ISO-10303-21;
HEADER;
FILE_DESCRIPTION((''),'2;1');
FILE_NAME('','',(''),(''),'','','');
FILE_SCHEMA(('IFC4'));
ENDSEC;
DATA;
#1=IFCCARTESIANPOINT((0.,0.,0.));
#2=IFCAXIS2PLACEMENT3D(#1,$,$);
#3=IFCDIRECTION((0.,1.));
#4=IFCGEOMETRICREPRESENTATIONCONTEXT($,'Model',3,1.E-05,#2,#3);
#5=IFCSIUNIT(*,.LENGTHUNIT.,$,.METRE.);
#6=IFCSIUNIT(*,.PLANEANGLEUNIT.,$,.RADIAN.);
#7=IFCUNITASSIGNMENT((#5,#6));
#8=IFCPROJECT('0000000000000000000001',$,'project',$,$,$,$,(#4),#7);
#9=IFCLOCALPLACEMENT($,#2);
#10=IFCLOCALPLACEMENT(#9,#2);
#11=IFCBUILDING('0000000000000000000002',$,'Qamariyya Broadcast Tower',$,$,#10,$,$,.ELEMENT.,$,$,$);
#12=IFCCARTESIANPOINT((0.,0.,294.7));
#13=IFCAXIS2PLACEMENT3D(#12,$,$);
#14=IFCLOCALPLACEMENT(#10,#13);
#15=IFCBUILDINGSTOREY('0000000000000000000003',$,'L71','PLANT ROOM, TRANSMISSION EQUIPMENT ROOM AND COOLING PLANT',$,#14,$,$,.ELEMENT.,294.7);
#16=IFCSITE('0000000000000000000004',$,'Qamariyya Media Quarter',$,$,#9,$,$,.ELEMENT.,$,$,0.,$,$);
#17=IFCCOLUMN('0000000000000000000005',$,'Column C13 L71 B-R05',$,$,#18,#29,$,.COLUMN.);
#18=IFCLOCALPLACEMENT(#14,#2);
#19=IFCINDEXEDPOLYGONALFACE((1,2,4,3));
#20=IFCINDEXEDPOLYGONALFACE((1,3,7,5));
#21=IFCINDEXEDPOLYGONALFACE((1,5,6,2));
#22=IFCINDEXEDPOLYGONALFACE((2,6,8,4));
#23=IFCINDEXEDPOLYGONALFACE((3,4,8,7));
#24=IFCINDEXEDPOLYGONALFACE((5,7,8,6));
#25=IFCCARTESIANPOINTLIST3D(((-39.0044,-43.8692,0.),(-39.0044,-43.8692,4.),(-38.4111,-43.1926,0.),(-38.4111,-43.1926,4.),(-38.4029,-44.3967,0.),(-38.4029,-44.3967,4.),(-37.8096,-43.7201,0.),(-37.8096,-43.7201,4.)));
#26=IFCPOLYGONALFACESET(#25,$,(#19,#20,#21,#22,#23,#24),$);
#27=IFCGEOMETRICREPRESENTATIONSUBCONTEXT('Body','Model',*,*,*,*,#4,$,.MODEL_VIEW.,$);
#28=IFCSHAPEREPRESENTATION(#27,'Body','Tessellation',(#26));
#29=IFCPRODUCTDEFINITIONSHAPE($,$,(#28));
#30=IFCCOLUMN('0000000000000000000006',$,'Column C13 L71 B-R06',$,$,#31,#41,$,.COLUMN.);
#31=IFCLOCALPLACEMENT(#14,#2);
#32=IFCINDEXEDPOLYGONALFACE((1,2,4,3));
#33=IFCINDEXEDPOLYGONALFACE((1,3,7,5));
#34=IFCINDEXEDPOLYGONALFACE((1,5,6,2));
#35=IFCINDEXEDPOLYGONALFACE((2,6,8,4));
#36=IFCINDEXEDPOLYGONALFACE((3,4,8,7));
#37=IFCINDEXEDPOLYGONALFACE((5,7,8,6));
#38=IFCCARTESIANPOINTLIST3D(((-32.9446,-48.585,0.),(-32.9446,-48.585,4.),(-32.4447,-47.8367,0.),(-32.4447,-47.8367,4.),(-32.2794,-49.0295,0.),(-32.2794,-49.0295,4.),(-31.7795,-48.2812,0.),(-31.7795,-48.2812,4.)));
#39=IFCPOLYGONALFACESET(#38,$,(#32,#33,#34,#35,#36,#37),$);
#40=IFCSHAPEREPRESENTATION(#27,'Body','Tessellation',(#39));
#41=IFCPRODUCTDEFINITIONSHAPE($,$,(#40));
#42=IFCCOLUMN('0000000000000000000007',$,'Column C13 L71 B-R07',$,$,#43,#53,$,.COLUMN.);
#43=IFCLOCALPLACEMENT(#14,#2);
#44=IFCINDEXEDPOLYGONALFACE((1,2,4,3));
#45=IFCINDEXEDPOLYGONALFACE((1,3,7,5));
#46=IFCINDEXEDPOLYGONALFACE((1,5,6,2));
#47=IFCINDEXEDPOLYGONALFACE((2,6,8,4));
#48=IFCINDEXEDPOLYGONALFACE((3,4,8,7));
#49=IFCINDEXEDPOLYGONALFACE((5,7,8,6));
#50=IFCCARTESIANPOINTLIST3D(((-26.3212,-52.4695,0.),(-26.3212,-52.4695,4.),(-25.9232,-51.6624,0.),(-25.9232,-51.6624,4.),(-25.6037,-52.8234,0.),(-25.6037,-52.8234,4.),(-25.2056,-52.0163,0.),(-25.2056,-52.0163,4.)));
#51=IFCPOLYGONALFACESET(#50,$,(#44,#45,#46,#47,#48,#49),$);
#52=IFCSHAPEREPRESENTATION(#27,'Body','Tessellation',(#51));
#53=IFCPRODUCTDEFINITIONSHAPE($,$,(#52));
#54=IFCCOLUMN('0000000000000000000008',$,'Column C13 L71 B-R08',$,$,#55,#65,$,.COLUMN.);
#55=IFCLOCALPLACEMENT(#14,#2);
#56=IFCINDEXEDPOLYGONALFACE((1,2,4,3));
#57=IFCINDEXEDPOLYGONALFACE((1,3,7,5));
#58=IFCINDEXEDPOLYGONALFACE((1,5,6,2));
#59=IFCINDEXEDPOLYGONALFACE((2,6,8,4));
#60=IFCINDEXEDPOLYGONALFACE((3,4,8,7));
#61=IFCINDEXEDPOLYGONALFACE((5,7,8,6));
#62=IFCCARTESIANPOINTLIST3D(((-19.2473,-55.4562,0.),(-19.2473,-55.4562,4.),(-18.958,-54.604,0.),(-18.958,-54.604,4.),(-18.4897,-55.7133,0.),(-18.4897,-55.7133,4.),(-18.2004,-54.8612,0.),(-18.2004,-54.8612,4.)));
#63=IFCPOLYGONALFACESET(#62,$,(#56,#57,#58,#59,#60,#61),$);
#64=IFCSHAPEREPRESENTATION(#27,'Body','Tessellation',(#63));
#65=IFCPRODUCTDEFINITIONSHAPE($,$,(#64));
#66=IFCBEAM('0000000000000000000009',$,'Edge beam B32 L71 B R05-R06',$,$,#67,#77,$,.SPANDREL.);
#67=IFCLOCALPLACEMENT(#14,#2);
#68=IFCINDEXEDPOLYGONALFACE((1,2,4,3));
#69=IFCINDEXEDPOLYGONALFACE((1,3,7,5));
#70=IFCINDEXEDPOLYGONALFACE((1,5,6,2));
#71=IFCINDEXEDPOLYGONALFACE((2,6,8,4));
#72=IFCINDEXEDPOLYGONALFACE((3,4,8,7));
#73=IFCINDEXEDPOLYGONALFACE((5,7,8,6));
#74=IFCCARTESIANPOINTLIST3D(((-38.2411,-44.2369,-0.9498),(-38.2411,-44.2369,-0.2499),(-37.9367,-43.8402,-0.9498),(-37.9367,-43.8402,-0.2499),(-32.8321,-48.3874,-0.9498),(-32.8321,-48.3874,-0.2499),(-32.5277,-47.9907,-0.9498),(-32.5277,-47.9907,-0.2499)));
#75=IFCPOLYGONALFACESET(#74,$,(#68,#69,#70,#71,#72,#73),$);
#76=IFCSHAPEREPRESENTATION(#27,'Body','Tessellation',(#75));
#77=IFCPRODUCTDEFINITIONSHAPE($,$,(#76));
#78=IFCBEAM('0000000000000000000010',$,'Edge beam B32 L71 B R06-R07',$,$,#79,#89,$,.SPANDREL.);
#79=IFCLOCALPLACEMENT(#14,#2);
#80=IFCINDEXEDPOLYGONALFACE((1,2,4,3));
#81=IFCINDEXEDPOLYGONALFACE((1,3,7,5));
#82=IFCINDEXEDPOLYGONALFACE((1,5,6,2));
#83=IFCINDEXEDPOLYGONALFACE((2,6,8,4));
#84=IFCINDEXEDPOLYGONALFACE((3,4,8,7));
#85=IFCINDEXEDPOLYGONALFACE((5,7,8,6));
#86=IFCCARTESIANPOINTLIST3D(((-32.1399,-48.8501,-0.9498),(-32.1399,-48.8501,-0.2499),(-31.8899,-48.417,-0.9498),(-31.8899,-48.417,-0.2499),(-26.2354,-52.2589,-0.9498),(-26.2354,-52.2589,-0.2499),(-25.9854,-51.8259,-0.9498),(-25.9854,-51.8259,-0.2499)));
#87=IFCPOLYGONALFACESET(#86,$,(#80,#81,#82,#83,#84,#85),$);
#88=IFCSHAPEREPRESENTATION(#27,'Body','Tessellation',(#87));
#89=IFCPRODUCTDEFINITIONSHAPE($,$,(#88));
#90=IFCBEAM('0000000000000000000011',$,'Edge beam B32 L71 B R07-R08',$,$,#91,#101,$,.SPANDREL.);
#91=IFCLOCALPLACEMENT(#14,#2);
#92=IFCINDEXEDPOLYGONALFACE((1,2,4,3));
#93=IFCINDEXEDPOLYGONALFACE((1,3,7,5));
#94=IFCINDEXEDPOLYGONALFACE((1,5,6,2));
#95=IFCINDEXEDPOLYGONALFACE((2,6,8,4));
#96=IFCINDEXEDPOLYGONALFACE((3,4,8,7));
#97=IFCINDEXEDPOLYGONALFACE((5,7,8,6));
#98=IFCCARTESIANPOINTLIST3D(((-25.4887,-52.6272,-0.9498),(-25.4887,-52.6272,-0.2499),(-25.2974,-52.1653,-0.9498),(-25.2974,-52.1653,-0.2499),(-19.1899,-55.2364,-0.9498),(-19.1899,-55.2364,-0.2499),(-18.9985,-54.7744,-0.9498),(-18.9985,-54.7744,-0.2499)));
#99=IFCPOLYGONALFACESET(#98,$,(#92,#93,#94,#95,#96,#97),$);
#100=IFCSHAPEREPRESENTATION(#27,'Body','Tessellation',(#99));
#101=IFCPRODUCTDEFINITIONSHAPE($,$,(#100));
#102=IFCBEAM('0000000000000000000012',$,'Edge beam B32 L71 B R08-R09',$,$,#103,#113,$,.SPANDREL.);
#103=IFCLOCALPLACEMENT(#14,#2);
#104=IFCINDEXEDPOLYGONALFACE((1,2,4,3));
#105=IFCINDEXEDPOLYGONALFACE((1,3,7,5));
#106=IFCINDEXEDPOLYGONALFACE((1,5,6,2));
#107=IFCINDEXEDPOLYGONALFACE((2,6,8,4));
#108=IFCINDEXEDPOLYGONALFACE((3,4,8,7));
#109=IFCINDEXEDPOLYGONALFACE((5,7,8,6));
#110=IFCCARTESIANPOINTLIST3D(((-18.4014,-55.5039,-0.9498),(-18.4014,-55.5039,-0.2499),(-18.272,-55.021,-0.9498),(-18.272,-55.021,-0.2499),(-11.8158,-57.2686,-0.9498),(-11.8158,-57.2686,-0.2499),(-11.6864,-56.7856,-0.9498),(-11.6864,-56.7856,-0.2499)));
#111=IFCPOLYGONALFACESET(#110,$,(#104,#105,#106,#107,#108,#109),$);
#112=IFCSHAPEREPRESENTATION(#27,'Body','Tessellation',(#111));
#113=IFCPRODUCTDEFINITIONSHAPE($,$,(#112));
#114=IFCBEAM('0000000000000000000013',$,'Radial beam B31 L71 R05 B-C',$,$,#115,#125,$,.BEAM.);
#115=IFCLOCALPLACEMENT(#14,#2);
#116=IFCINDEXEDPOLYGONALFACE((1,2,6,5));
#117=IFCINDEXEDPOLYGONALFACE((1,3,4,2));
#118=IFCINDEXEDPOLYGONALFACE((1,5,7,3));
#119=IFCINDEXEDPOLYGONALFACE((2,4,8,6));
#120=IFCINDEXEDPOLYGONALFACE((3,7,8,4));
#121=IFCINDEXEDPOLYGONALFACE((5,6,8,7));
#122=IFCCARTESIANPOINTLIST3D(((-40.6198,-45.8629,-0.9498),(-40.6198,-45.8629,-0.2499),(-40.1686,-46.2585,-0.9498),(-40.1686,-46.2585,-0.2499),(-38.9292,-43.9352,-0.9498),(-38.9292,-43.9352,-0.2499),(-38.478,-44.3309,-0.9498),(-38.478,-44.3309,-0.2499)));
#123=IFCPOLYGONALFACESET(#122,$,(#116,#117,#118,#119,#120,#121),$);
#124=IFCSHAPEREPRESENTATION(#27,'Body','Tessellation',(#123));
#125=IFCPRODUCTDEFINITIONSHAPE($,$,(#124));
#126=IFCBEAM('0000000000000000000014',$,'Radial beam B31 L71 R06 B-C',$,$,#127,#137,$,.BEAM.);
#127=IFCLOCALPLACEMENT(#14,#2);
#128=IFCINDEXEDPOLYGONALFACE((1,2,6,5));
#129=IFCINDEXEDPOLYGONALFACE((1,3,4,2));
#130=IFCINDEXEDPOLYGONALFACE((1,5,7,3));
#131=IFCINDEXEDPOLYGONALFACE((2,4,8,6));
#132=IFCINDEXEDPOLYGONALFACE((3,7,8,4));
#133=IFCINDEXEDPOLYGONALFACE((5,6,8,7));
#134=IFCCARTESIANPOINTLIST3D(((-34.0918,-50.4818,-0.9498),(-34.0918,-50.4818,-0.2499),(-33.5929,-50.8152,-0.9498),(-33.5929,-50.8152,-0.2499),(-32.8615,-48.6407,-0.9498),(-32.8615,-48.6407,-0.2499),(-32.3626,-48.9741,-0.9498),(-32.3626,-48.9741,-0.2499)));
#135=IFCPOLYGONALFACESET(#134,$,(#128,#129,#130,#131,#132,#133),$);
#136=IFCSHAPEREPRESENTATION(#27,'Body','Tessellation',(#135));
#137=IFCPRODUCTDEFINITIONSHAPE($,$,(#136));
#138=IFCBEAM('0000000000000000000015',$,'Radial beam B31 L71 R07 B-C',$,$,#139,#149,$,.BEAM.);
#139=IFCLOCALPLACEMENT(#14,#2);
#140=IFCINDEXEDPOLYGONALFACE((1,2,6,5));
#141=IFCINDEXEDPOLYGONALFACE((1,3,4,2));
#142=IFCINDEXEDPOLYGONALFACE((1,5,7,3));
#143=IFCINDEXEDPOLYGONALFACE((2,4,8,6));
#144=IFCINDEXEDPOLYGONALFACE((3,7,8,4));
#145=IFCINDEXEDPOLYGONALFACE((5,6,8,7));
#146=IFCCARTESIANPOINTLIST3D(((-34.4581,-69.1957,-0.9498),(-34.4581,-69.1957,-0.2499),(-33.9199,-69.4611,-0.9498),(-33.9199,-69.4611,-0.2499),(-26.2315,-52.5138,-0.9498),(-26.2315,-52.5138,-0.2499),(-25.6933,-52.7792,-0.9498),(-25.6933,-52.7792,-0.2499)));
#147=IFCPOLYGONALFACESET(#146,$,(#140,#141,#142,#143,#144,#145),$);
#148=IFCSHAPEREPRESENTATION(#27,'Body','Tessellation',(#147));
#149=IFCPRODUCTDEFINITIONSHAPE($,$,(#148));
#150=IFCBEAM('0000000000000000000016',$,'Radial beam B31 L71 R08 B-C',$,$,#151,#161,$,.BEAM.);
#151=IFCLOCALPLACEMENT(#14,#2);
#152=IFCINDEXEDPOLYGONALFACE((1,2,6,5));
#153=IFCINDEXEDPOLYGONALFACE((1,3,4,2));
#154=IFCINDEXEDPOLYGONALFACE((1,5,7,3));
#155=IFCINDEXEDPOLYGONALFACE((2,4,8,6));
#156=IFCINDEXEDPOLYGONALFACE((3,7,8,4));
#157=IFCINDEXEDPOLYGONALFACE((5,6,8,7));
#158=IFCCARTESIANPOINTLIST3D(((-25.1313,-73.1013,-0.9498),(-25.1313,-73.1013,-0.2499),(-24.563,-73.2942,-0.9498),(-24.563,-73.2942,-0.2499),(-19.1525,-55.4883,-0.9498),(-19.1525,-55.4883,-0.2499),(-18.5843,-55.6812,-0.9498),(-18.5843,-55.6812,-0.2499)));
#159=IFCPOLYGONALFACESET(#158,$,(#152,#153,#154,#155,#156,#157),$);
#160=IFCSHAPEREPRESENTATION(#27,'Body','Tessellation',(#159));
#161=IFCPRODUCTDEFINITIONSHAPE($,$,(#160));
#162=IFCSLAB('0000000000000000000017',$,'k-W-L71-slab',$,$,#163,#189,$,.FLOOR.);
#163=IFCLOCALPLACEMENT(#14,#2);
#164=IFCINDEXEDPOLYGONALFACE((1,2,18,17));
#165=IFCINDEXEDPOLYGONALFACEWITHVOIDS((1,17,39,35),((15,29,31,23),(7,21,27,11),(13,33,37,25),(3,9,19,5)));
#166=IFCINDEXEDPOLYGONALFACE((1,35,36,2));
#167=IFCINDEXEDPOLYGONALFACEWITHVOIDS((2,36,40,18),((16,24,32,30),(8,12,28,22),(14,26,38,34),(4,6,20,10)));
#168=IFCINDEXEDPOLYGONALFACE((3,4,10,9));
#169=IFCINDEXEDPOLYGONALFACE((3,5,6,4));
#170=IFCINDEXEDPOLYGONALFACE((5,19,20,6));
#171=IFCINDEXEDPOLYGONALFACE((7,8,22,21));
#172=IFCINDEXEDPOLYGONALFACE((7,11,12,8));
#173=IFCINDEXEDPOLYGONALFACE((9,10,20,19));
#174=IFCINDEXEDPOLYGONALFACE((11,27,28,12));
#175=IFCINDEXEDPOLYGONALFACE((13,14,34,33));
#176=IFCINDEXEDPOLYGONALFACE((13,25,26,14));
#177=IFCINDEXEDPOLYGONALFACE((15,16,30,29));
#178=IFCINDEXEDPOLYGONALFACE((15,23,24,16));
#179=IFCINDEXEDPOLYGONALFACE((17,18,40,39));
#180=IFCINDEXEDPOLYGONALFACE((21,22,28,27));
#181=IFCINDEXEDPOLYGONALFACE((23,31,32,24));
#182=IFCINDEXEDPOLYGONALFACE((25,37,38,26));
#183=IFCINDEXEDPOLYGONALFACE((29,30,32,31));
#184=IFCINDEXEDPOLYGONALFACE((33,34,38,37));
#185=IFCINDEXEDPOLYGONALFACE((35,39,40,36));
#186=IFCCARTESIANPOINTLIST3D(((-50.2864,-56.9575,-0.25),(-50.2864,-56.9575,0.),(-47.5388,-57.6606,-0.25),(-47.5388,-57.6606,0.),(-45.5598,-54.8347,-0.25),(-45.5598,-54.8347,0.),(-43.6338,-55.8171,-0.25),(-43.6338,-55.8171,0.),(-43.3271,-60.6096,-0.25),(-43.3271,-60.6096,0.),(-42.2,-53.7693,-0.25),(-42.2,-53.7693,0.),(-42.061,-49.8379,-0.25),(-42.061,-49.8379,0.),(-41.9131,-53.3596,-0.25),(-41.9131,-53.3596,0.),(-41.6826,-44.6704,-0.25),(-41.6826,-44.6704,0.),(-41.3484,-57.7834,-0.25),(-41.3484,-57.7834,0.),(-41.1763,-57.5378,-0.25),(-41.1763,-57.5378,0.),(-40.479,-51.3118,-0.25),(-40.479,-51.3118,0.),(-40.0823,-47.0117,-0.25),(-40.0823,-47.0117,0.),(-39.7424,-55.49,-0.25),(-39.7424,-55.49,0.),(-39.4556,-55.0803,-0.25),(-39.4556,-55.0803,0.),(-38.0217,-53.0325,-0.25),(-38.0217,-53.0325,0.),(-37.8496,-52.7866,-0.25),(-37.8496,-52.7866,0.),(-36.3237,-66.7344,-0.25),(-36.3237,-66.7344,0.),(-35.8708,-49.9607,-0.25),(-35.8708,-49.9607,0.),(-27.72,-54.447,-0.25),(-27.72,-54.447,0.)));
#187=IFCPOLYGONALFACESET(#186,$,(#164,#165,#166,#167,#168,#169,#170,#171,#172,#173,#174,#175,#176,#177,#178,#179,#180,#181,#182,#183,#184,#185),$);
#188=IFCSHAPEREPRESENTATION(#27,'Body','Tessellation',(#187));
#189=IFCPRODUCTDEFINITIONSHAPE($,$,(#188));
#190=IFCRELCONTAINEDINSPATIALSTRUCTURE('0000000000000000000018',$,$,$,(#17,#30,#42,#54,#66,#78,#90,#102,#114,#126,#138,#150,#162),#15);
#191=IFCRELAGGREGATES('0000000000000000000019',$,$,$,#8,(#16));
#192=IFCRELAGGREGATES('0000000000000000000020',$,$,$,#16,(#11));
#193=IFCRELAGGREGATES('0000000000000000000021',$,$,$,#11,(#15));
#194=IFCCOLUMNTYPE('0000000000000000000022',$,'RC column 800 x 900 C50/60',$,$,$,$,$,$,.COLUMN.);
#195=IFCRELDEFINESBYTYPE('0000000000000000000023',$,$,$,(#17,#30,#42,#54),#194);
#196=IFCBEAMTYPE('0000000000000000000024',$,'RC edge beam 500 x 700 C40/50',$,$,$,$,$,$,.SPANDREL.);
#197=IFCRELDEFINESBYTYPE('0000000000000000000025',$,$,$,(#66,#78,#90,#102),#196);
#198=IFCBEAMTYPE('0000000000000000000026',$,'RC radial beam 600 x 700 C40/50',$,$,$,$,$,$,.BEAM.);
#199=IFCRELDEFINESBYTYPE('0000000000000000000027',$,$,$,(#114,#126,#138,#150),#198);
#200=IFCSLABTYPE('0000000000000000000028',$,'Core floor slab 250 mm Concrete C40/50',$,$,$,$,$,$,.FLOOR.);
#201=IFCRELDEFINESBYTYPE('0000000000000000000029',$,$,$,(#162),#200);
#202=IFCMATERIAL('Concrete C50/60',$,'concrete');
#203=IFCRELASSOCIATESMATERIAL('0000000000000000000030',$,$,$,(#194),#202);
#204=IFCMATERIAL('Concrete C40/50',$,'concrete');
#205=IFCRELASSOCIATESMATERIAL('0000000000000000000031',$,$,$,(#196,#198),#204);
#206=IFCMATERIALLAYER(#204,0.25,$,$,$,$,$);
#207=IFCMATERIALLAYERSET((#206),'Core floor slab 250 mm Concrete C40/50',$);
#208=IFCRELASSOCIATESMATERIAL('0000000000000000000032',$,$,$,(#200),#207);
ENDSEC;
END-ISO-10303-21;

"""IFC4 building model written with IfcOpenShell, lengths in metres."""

from ifc_helpers import new_model, si_unit, direction, frame, origin, origin_2d, place, context, subcontext, project, spatial, polyline, rectangle, outline, extrude, material, layer, layer_set, material_profile, profile_set, type_object, element, save


model = new_model("IFC4")

# Units and contexts
model_context = context("Model", 3, precision=1e-05, world=origin(), true_north=direction((0.0, 1.0)))
body_context = subcontext(model_context, "Body", "Model", "MODEL_VIEW")
ifc_project = project(units=[si_unit("LENGTHUNIT", "METRE"), si_unit("PLANEANGLEUNIT", "RADIAN")], contexts=[model_context])

# Site, building, storey
site_placement = place(None, origin())
site = spatial("IfcSite", under=ifc_project, at=site_placement, Name="Qamariyya Media Quarter", CompositionType="ELEMENT", RefElevation=0.0)
building_placement = place(site_placement, origin())
building = spatial("IfcBuilding", under=site, at=building_placement, Name="Qamariyya Broadcast Tower", CompositionType="ELEMENT")
storey_placement = place(building_placement, frame((0.0, 0.0, 294.7)))
storey = spatial("IfcBuildingStorey", under=building, at=storey_placement, Name="L71", Description="PLANT ROOM, TRANSMISSION EQUIPMENT ROOM AND COOLING PLANT", CompositionType="ELEMENT", Elevation=294.7)

# Columns
ifc_material_1 = material(Name="Concrete C50/60", Category="concrete")
ifc_material_profile_1 = material_profile(ifc_material_1, rectangle(XDim=0.8, YDim=0.8999, at=origin_2d()))
ifc_profile_set_1 = profile_set([ifc_material_profile_1], Name="Concrete C50/60")
column_type = type_object("IfcColumnType", Name="RC column 800 x 900 C50/60", PredefinedType="COLUMN", material=ifc_profile_set_1)
for number, where, z_axis, x_axis, name in (
    (1, (-38.407, -43.7947, 0.0), (0.0, 0.0, 1.0), (0.75184, -0.659346, 0.0), "Column C13 L71 B-R05"),
    (2, (-32.3621, -48.4331, 0.0), (0.0, 0.0, 1.0), (0.83147, -0.55557, 0.0), "Column C13 L71 B-R06"),
    (3, (-25.7634, -52.2429, 0.0), (0.0, 0.0, 1.0), (0.896873, -0.442289, 0.0), "Column C13 L71 B-R07"),
    (4, (-18.7239, -55.1587, 0.0), (0.0, 0.0, 1.0), (0.94693, -0.321439, 0.0), "Column C13 L71 B-R08"),
):
    element("IfcColumn", number, at=place(storey_placement, frame(where, z_axis=z_axis, x_axis=x_axis)), inside=storey, type_object=column_type, Name=name, PredefinedType="COLUMN", context=body_context, shape_type="SweptSolid", body=[
        extrude(rectangle(XDim=0.8, YDim=0.8999, at=origin_2d()), origin(), (0.0, 0.0, 1.0), 4.0),
    ])

# Beams
ifc_material_2 = material(Name="Concrete C40/50", Category="concrete")
ifc_material_profile_2 = material_profile(ifc_material_2, rectangle(XDim=0.5, YDim=0.7, at=origin_2d()))
ifc_profile_set_2 = profile_set([ifc_material_profile_2], Name="Concrete C40/50")
beam_type_1 = type_object("IfcBeamType", Name="RC edge beam 500 x 700 C40/50", PredefinedType="SPANDREL", material=ifc_profile_set_2)
for number, where, z_axis, x_axis, name in (
    (5, (-38.0889, -44.0386, -0.5999), (0.793356, -0.608759, 0.0), (0.608759, 0.793356, 0.0), "Edge beam B32 L71 B R05-R06"),
    (6, (-32.0149, -48.6335, -0.5999), (0.866029, -0.499994, 0.0), (0.499994, 0.866029, 0.0), "Edge beam B32 L71 B R06-R07"),
    (7, (-25.3931, -52.3962, -0.5999), (0.923876, -0.382692, 0.0), (0.382692, 0.923876, 0.0), "Edge beam B32 L71 B R07-R08"),
    (8, (-18.3367, -55.2625, -0.5999), (0.965923, -0.25883, 0.0), (0.25883, 0.965923, 0.0), "Edge beam B32 L71 B R08-R09"),
):
    element("IfcBeam", number, at=place(storey_placement, frame(where, z_axis=z_axis, x_axis=x_axis)), inside=storey, type_object=beam_type_1, Name=name, PredefinedType="SPANDREL", context=body_context, shape_type="SweptSolid", body=[
        extrude(rectangle(XDim=0.5, YDim=0.7, at=origin_2d()), origin(), (0.0, 0.0, 1.0), 6.8179),
    ])
ifc_material_profile_3 = material_profile(ifc_material_2, rectangle(XDim=0.6001, YDim=0.7, at=origin_2d()))
ifc_profile_set_3 = profile_set([ifc_material_profile_3], Name="Concrete C40/50")
beam_type_2 = type_object("IfcBeamType", Name="RC radial beam 600 x 700 C40/50", PredefinedType="BEAM", material=ifc_profile_set_3)
beam_1_placement = place(storey_placement, frame((-38.7036, -44.1331, -0.5999), z_axis=(-0.659367, -0.751821, 0.0), x_axis=(0.751821, -0.659367, 0.0)))
element("IfcBeam", 9, at=beam_1_placement, inside=storey, type_object=beam_type_2, Name="Radial beam B31 L71 R05 B-C", PredefinedType="BEAM", context=body_context, shape_type="SweptSolid", body=[
    extrude(rectangle(XDim=0.6001, YDim=0.7, at=origin_2d()), origin(), (0.0, 0.0, 1.0), 2.564),
])
beam_2_placement = place(storey_placement, frame((-32.6121, -48.8074, -0.5999), z_axis=(-0.55559, -0.831456, 0.0), x_axis=(0.831456, -0.55559, 0.0)))
element("IfcBeam", 10, at=beam_2_placement, inside=storey, type_object=beam_type_2, Name="Radial beam B31 L71 R06 B-C", PredefinedType="BEAM", context=body_context, shape_type="SweptSolid", body=[
    extrude(rectangle(XDim=0.6001, YDim=0.7, at=origin_2d()), origin(), (0.0, 0.0, 1.0), 2.2144),
])
for number, where, z_axis, x_axis, name in (
    (11, (-25.9624, -52.6465, -0.5999), (-0.442287, -0.896873, 0.0), (0.896873, -0.442287, 0.0), "Radial beam B31 L71 R07 B-C"),
    (12, (-18.8684, -55.5847, -0.5999), (-0.321437, -0.946931, 0.0), (0.946931, -0.321437, 0.0), "Radial beam B31 L71 R08 B-C"),
):
    element("IfcBeam", number, at=place(storey_placement, frame(where, z_axis=z_axis, x_axis=x_axis)), inside=storey, type_object=beam_type_2, Name=name, PredefinedType="BEAM", context=body_context, shape_type="SweptSolid", body=[
        extrude(rectangle(XDim=0.6001, YDim=0.7, at=origin_2d()), origin(), (0.0, 0.0, 1.0), 18.6001),
    ])

# Slab
ifc_layer_1 = layer(ifc_material_2, 0.25)
ifc_layer_set_1 = layer_set([ifc_layer_1], Name="Core floor slab 250 mm Concrete C40/50")
slab_type_1 = type_object("IfcSlabType", Name="Core floor slab 250 mm Concrete C40/50", PredefinedType="FLOOR", material=ifc_layer_set_1)
slab_1_placement = place(storey_placement, frame((0.0, 0.0, -0.25)))
element("IfcSlab", 13, at=slab_1_placement, inside=storey, type_object=slab_type_1, Name="k-W-L71-slab", PredefinedType="FLOOR", context=body_context, shape_type="SweptSolid", body=[
    extrude(outline(polyline([(-50.2864, -56.9575), (-36.3237, -66.7344), (-27.72, -54.447), (-41.6826, -44.6704), (-50.2864, -56.9575)]), holes=[polyline([(-39.7424, -55.49), (-42.2, -53.7693), (-43.6338, -55.8171), (-41.1763, -57.5378), (-39.7424, -55.49)]), polyline([(-39.4556, -55.0803), (-41.9131, -53.3596), (-40.479, -51.3118), (-38.0217, -53.0325), (-39.4556, -55.0803)]), polyline([(-42.061, -49.8379), (-37.8496, -52.7866), (-35.8708, -49.9607), (-40.0823, -47.0117), (-42.061, -49.8379)]), polyline([(-47.5388, -57.6606), (-43.3271, -60.6096), (-41.3484, -57.7834), (-45.5598, -54.8347), (-47.5388, -57.6606)])]), origin(), (0.0, 0.0, 1.0), 0.25),
])

save(model, "model.ifc")
